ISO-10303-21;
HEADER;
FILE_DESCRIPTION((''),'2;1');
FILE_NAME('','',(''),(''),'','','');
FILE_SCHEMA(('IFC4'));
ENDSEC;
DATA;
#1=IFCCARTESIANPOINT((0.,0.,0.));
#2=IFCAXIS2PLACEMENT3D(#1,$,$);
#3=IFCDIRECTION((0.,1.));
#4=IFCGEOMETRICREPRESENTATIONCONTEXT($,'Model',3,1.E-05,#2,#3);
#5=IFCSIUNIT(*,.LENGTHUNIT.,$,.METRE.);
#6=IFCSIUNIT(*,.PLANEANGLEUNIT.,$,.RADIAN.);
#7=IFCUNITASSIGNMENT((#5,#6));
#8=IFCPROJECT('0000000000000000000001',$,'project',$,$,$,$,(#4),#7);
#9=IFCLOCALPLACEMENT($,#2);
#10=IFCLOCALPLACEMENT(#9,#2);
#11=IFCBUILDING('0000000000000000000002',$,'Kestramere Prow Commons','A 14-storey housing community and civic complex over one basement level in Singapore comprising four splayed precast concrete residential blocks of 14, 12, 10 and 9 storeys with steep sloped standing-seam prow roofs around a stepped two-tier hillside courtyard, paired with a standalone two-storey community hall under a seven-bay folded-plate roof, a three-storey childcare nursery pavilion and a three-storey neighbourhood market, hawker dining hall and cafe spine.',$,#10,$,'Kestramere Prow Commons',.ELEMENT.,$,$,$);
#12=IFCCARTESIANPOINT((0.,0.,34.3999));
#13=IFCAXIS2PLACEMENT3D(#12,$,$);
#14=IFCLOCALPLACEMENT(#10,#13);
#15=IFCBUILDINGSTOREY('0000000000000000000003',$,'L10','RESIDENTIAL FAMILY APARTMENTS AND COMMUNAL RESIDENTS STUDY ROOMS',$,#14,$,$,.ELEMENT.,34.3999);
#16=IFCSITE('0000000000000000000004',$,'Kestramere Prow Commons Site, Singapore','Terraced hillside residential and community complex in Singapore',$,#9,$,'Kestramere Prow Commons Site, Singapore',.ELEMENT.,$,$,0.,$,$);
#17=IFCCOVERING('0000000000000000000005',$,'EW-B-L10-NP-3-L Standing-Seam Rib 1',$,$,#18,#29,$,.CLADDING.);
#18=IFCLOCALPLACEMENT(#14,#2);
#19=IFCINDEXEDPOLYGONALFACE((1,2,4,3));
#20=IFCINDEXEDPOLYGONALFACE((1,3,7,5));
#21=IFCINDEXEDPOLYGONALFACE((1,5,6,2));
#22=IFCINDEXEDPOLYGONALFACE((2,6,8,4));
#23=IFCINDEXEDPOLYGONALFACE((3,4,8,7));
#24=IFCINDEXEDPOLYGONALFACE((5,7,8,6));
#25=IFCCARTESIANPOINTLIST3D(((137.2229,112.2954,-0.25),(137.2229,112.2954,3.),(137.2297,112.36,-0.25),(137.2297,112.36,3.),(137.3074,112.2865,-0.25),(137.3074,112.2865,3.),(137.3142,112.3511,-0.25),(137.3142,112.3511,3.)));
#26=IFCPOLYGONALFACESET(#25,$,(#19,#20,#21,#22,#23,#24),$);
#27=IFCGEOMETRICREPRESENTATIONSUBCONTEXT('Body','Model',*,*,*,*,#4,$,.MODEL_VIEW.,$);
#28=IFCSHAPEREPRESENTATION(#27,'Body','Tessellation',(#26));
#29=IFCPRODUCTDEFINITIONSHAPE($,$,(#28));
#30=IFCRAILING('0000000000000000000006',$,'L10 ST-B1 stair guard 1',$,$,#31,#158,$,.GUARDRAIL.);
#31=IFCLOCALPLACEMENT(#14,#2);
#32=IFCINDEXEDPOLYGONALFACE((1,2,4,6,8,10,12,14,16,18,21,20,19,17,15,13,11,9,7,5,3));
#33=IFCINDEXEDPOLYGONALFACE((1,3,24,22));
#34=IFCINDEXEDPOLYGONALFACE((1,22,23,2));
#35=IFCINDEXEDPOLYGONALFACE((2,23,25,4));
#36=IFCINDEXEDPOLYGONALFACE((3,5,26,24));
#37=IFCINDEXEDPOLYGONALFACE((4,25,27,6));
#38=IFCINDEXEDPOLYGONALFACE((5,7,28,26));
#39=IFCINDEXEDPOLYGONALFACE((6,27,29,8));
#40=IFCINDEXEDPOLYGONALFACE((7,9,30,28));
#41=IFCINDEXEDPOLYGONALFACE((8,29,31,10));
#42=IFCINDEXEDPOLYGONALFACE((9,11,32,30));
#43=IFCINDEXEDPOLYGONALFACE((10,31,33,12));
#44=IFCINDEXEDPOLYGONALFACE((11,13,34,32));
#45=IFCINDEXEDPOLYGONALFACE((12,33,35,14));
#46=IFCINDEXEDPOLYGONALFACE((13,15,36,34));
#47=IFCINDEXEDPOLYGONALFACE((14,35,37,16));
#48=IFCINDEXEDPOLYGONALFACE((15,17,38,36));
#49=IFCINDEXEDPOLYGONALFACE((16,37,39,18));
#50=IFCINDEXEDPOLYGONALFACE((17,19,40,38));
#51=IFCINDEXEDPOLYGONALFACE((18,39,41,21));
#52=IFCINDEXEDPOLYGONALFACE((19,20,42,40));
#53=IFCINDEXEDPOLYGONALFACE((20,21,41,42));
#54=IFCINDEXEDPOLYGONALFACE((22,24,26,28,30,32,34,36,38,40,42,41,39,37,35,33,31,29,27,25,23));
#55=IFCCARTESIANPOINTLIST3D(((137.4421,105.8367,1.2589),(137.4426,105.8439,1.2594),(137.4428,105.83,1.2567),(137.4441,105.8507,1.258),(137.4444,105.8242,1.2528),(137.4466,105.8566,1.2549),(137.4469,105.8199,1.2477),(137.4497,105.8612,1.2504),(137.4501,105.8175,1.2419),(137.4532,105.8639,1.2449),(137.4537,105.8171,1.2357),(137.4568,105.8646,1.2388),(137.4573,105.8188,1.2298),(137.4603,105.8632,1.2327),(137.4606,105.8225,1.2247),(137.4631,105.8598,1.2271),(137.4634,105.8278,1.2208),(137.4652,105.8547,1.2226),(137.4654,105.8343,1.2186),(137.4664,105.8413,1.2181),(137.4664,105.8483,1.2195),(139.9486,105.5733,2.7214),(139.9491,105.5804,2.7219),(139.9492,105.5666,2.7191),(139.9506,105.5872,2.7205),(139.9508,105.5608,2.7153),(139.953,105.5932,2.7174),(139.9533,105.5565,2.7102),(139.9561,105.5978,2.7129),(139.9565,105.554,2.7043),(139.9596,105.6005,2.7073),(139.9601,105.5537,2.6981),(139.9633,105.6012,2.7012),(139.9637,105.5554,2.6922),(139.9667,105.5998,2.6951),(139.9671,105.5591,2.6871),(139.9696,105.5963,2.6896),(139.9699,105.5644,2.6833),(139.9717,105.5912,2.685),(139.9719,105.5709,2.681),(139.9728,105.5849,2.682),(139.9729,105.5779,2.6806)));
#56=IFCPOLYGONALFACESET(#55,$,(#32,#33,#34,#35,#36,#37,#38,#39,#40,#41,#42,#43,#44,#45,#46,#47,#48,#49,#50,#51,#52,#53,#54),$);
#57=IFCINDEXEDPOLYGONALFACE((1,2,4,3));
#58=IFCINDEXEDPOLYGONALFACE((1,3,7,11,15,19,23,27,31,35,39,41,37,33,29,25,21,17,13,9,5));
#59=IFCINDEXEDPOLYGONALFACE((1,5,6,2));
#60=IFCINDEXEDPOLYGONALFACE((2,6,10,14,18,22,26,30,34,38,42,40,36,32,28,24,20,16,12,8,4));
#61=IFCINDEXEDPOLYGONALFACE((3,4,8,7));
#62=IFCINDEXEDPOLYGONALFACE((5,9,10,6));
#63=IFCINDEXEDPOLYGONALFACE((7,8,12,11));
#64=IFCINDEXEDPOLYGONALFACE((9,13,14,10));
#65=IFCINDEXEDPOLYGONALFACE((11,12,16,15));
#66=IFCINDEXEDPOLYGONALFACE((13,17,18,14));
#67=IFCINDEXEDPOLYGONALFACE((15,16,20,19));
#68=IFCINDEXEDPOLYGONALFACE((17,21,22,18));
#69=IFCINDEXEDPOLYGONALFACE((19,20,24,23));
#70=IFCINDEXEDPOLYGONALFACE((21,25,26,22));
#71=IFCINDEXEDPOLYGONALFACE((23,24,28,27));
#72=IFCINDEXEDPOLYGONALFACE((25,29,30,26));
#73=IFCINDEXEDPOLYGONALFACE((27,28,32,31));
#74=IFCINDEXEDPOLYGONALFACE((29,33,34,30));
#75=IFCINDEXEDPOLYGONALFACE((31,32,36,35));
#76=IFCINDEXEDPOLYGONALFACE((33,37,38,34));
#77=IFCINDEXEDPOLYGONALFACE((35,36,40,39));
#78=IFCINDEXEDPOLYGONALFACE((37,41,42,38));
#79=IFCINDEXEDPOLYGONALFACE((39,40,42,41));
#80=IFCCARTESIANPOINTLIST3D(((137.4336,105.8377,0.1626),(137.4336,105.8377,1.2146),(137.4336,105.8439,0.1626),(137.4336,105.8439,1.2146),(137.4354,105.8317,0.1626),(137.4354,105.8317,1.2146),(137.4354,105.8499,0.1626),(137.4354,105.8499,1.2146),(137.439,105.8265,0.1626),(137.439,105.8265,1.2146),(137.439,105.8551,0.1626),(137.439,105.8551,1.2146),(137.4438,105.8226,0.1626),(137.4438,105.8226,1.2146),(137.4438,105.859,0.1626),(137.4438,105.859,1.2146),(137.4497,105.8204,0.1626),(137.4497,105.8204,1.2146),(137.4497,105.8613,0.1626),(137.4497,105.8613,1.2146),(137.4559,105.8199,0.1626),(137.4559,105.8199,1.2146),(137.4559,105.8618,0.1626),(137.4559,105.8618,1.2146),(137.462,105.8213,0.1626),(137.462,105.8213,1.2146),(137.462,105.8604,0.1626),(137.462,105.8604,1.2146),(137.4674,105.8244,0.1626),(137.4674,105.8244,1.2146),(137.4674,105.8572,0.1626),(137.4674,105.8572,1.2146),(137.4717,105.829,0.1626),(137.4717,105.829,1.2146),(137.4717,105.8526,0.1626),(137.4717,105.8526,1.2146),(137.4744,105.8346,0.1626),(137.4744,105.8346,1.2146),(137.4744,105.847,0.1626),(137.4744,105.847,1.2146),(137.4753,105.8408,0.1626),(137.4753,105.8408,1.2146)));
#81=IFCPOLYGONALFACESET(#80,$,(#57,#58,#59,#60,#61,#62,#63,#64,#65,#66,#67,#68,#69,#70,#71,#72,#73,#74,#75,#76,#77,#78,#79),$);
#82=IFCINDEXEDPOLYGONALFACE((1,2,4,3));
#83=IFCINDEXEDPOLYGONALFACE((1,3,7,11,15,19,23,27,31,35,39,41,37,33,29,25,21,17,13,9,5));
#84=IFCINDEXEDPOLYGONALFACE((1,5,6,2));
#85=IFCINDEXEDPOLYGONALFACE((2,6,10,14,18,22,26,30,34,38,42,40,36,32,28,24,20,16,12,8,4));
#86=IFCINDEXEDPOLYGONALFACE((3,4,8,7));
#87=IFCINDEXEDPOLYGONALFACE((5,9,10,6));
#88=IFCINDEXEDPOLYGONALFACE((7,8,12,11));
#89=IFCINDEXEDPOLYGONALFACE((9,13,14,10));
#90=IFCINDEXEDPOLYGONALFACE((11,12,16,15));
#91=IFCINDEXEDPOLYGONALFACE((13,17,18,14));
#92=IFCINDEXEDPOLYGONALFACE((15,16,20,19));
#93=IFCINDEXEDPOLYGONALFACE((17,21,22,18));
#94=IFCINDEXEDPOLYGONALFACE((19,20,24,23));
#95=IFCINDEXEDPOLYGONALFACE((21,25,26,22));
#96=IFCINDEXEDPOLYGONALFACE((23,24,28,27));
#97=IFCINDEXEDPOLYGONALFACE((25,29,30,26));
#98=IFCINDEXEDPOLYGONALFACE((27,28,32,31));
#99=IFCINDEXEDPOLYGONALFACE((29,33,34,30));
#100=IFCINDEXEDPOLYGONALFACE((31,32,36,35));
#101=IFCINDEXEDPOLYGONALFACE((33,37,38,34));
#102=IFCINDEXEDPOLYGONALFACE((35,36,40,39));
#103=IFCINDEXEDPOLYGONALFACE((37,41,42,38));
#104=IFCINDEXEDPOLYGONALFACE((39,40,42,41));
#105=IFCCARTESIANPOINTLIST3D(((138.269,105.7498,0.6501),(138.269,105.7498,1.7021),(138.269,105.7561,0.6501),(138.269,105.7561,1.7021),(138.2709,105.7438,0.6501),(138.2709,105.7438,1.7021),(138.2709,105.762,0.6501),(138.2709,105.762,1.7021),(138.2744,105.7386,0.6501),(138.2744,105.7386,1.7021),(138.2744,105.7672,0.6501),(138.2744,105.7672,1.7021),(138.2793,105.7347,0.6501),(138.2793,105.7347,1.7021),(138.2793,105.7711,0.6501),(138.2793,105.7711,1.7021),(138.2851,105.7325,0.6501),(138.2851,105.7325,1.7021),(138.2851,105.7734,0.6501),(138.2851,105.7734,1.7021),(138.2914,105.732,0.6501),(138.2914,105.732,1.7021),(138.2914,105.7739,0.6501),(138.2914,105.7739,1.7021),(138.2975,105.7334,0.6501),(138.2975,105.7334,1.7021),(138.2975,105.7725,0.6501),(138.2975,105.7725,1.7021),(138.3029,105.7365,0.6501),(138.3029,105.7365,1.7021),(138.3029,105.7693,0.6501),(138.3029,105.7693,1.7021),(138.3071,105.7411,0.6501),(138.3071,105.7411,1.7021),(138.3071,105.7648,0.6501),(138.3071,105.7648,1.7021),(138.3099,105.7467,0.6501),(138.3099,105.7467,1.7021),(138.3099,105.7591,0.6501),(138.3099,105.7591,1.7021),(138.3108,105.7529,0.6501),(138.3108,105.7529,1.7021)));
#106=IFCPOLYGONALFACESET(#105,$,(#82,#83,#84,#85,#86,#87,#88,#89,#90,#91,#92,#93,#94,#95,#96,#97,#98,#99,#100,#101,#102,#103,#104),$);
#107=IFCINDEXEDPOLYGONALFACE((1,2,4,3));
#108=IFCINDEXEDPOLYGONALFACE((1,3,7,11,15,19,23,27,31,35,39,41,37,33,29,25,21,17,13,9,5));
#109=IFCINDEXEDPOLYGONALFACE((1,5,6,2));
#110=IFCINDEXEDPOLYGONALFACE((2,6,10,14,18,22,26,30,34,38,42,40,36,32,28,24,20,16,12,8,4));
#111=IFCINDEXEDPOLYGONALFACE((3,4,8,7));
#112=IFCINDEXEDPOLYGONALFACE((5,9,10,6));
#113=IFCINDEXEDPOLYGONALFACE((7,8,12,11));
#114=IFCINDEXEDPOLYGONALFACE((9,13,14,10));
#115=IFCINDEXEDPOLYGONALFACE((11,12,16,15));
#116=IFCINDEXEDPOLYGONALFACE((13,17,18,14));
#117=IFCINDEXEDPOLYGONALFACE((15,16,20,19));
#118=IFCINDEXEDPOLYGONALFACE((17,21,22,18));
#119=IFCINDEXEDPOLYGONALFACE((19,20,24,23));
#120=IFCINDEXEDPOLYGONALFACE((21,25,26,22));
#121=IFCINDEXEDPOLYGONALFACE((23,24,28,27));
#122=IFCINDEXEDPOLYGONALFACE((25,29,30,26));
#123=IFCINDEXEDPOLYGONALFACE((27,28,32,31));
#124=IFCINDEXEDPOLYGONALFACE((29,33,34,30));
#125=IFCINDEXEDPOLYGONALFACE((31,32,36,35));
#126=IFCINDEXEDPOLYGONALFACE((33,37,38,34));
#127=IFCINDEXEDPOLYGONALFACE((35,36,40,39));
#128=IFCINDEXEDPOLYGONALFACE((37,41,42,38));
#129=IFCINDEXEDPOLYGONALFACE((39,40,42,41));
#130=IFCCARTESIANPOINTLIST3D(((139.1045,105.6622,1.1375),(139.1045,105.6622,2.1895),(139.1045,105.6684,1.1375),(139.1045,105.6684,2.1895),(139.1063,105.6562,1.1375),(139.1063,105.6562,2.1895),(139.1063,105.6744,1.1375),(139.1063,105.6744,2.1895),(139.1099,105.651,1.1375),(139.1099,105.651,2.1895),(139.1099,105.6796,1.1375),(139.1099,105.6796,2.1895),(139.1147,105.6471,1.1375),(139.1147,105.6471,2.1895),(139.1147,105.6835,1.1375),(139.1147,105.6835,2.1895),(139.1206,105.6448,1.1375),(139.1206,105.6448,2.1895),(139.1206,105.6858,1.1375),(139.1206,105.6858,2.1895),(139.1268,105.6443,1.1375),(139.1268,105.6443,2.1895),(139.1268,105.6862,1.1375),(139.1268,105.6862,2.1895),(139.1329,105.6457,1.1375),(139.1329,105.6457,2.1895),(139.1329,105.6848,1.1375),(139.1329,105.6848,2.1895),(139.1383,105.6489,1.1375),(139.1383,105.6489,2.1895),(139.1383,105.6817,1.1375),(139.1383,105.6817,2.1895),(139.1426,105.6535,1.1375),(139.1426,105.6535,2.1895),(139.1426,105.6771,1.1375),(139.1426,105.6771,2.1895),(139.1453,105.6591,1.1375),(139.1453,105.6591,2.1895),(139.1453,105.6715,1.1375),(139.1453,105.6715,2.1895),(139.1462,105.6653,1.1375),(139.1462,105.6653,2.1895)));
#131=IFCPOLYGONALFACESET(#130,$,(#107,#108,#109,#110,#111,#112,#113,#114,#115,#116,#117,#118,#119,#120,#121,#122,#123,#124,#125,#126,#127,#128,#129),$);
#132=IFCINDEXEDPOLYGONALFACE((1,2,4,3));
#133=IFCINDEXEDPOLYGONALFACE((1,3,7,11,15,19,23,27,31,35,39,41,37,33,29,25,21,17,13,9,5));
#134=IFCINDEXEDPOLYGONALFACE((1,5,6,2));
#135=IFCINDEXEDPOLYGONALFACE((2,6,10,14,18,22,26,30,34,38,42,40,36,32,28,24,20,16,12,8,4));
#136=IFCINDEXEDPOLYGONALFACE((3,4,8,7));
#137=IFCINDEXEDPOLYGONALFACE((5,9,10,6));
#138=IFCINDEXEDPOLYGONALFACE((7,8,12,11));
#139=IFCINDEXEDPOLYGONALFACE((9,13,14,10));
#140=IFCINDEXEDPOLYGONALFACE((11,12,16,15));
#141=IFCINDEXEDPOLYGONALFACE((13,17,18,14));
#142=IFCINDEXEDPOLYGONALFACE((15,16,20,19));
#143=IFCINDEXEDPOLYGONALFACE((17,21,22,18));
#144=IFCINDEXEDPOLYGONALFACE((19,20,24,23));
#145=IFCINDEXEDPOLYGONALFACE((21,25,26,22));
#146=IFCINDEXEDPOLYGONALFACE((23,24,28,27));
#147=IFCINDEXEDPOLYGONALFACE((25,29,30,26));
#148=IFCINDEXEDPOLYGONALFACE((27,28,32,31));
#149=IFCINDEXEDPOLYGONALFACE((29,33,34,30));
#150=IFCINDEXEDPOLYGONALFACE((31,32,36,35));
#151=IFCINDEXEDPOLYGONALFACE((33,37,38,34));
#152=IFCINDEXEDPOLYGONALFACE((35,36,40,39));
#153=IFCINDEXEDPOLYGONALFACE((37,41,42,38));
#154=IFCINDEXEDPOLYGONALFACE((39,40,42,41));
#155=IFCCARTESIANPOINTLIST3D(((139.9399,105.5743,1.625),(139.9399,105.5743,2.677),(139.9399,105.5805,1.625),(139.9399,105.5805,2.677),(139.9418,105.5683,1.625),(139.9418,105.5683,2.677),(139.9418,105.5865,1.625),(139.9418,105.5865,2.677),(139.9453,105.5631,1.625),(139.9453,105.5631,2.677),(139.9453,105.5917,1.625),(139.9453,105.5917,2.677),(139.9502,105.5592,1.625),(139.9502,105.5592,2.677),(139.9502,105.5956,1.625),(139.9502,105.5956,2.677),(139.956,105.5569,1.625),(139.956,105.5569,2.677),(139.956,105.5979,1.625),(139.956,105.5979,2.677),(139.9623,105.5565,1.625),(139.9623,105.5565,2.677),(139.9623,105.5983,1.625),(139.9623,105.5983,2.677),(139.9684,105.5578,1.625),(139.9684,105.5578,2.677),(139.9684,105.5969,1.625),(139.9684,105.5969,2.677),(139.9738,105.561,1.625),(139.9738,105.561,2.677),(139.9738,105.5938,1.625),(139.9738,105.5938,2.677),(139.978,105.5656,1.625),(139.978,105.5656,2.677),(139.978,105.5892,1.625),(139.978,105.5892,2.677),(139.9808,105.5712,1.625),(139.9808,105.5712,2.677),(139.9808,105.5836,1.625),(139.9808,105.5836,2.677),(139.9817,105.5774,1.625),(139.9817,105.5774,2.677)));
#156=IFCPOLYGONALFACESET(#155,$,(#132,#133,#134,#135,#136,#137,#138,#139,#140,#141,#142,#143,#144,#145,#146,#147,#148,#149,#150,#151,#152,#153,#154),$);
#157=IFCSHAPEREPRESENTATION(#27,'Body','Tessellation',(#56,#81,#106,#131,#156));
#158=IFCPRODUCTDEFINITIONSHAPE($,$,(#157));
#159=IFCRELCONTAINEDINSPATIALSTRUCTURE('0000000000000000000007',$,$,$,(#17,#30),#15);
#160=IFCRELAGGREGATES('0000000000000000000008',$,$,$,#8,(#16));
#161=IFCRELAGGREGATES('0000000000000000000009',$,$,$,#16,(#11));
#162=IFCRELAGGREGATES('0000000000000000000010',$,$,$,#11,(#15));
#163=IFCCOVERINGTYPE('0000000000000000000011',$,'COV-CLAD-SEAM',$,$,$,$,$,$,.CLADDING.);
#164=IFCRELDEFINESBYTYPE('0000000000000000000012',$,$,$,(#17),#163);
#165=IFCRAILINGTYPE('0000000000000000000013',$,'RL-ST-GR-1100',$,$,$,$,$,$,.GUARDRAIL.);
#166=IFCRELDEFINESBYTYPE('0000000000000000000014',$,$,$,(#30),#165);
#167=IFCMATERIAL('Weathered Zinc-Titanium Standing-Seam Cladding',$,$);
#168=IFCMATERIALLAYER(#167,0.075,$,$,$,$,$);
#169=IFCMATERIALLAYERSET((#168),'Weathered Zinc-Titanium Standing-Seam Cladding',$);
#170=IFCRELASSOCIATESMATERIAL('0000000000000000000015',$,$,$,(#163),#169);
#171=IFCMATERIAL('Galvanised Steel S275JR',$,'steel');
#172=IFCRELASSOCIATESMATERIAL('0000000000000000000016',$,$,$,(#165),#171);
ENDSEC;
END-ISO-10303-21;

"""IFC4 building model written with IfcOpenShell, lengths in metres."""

from ifc_helpers import new_model, si_unit, direction, frame, origin, origin_2d, place, context, subcontext, project, spatial, rectangle, circle, extrude, material, layer, layer_set, type_object, element, save


model = new_model("IFC4")

# Units and contexts
model_context = context("Model", 3, precision=1e-05, world=origin(), true_north=direction((0.0, 1.0)))
body_context = subcontext(model_context, "Body", "Model", "MODEL_VIEW")
ifc_project = project(units=[si_unit("LENGTHUNIT", "METRE"), si_unit("PLANEANGLEUNIT", "RADIAN")], contexts=[model_context])

# Site, building, storey
site_placement = place(None, origin())
site = spatial("IfcSite", under=ifc_project, at=site_placement, Name="Kestramere Prow Commons Site, Singapore", Description="Terraced hillside residential and community complex in Singapore", LongName="Kestramere Prow Commons Site, Singapore", CompositionType="ELEMENT", RefElevation=0.0)
building_placement = place(site_placement, origin())
building = spatial("IfcBuilding", under=site, at=building_placement, Name="Kestramere Prow Commons", Description="A 14-storey housing community and civic complex over one basement level in Singapore comprising four splayed precast concrete residential blocks of 14, 12, 10 and 9 storeys with steep sloped standing-seam prow roofs around a stepped two-tier hillside courtyard, paired with a standalone two-storey community hall under a seven-bay folded-plate roof, a three-storey childcare nursery pavilion and a three-storey neighbourhood market, hawker dining hall and cafe spine.", LongName="Kestramere Prow Commons", CompositionType="ELEMENT")
storey_placement = place(building_placement, frame((0.0, 0.0, 34.3999)))
storey = spatial("IfcBuildingStorey", under=building, at=storey_placement, Name="L10", Description="RESIDENTIAL FAMILY APARTMENTS AND COMMUNAL RESIDENTS STUDY ROOMS", CompositionType="ELEMENT", Elevation=34.3999)

# Covering
ifc_material_1 = material(Name="Weathered Zinc-Titanium Standing-Seam Cladding")
ifc_layer_1 = layer(ifc_material_1, 0.075)
ifc_layer_set_1 = layer_set([ifc_layer_1], Name="Weathered Zinc-Titanium Standing-Seam Cladding")
covering_type = type_object("IfcCoveringType", Name="COV-CLAD-SEAM", PredefinedType="CLADDING", material=ifc_layer_set_1)
covering_1_placement = place(storey_placement, frame((137.2686, 112.3232, -0.25), z_axis=(0.0, 0.0, 1.0), x_axis=(0.994522, -0.104528, 0.0)))
element("IfcCovering", 1, at=covering_1_placement, inside=storey, type_object=covering_type, Name="EW-B-L10-NP-3-L Standing-Seam Rib 1", PredefinedType="CLADDING", context=body_context, shape_type="SweptSolid", body=[
    extrude(rectangle(XDim=0.085, YDim=0.0649, at=origin_2d()), origin(), (0.0, 0.0, 1.0), 3.25),
])

# Railing
ifc_material_2 = material(Name="Galvanised Steel S275JR", Category="steel")
railing_type = type_object("IfcRailingType", Name="RL-ST-GR-1100", PredefinedType="GUARDRAIL", material=ifc_material_2)
railing_1_placement = place(storey_placement, frame((137.4543, 105.8408, 0.1626)))
element("IfcRailing", 2, at=railing_1_placement, inside=storey, type_object=railing_type, Name="L10 ST-B1 stair guard 1", PredefinedType="GUARDRAIL", context=body_context, shape_type="SweptSolid", body=[
    extrude(circle(Radius=0.0239, at=origin_2d()), frame((0.0, 0.0, 1.0762), z_axis=(0.860187, -0.090409, 0.501901), x_axis=(0.104528, 0.994522, 0.0)), (0.0, 0.0, 1.0), 2.9138),
    extrude(circle(Radius=0.021, at=origin_2d()), origin(), (0.0, 0.0, 1.0), 1.052),
    extrude(circle(Radius=0.021, at=origin_2d()), frame((0.8354, -0.0879, 0.4875)), (0.0, 0.0, 1.0), 1.052),
    extrude(circle(Radius=0.021, at=origin_2d()), frame((1.6709, -0.1755, 0.9749)), (0.0, 0.0, 1.0), 1.052),
    extrude(circle(Radius=0.021, at=origin_2d()), frame((2.5063, -0.2634, 1.4624)), (0.0, 0.0, 1.0), 1.052),
])

save(model, "model.ifc")
